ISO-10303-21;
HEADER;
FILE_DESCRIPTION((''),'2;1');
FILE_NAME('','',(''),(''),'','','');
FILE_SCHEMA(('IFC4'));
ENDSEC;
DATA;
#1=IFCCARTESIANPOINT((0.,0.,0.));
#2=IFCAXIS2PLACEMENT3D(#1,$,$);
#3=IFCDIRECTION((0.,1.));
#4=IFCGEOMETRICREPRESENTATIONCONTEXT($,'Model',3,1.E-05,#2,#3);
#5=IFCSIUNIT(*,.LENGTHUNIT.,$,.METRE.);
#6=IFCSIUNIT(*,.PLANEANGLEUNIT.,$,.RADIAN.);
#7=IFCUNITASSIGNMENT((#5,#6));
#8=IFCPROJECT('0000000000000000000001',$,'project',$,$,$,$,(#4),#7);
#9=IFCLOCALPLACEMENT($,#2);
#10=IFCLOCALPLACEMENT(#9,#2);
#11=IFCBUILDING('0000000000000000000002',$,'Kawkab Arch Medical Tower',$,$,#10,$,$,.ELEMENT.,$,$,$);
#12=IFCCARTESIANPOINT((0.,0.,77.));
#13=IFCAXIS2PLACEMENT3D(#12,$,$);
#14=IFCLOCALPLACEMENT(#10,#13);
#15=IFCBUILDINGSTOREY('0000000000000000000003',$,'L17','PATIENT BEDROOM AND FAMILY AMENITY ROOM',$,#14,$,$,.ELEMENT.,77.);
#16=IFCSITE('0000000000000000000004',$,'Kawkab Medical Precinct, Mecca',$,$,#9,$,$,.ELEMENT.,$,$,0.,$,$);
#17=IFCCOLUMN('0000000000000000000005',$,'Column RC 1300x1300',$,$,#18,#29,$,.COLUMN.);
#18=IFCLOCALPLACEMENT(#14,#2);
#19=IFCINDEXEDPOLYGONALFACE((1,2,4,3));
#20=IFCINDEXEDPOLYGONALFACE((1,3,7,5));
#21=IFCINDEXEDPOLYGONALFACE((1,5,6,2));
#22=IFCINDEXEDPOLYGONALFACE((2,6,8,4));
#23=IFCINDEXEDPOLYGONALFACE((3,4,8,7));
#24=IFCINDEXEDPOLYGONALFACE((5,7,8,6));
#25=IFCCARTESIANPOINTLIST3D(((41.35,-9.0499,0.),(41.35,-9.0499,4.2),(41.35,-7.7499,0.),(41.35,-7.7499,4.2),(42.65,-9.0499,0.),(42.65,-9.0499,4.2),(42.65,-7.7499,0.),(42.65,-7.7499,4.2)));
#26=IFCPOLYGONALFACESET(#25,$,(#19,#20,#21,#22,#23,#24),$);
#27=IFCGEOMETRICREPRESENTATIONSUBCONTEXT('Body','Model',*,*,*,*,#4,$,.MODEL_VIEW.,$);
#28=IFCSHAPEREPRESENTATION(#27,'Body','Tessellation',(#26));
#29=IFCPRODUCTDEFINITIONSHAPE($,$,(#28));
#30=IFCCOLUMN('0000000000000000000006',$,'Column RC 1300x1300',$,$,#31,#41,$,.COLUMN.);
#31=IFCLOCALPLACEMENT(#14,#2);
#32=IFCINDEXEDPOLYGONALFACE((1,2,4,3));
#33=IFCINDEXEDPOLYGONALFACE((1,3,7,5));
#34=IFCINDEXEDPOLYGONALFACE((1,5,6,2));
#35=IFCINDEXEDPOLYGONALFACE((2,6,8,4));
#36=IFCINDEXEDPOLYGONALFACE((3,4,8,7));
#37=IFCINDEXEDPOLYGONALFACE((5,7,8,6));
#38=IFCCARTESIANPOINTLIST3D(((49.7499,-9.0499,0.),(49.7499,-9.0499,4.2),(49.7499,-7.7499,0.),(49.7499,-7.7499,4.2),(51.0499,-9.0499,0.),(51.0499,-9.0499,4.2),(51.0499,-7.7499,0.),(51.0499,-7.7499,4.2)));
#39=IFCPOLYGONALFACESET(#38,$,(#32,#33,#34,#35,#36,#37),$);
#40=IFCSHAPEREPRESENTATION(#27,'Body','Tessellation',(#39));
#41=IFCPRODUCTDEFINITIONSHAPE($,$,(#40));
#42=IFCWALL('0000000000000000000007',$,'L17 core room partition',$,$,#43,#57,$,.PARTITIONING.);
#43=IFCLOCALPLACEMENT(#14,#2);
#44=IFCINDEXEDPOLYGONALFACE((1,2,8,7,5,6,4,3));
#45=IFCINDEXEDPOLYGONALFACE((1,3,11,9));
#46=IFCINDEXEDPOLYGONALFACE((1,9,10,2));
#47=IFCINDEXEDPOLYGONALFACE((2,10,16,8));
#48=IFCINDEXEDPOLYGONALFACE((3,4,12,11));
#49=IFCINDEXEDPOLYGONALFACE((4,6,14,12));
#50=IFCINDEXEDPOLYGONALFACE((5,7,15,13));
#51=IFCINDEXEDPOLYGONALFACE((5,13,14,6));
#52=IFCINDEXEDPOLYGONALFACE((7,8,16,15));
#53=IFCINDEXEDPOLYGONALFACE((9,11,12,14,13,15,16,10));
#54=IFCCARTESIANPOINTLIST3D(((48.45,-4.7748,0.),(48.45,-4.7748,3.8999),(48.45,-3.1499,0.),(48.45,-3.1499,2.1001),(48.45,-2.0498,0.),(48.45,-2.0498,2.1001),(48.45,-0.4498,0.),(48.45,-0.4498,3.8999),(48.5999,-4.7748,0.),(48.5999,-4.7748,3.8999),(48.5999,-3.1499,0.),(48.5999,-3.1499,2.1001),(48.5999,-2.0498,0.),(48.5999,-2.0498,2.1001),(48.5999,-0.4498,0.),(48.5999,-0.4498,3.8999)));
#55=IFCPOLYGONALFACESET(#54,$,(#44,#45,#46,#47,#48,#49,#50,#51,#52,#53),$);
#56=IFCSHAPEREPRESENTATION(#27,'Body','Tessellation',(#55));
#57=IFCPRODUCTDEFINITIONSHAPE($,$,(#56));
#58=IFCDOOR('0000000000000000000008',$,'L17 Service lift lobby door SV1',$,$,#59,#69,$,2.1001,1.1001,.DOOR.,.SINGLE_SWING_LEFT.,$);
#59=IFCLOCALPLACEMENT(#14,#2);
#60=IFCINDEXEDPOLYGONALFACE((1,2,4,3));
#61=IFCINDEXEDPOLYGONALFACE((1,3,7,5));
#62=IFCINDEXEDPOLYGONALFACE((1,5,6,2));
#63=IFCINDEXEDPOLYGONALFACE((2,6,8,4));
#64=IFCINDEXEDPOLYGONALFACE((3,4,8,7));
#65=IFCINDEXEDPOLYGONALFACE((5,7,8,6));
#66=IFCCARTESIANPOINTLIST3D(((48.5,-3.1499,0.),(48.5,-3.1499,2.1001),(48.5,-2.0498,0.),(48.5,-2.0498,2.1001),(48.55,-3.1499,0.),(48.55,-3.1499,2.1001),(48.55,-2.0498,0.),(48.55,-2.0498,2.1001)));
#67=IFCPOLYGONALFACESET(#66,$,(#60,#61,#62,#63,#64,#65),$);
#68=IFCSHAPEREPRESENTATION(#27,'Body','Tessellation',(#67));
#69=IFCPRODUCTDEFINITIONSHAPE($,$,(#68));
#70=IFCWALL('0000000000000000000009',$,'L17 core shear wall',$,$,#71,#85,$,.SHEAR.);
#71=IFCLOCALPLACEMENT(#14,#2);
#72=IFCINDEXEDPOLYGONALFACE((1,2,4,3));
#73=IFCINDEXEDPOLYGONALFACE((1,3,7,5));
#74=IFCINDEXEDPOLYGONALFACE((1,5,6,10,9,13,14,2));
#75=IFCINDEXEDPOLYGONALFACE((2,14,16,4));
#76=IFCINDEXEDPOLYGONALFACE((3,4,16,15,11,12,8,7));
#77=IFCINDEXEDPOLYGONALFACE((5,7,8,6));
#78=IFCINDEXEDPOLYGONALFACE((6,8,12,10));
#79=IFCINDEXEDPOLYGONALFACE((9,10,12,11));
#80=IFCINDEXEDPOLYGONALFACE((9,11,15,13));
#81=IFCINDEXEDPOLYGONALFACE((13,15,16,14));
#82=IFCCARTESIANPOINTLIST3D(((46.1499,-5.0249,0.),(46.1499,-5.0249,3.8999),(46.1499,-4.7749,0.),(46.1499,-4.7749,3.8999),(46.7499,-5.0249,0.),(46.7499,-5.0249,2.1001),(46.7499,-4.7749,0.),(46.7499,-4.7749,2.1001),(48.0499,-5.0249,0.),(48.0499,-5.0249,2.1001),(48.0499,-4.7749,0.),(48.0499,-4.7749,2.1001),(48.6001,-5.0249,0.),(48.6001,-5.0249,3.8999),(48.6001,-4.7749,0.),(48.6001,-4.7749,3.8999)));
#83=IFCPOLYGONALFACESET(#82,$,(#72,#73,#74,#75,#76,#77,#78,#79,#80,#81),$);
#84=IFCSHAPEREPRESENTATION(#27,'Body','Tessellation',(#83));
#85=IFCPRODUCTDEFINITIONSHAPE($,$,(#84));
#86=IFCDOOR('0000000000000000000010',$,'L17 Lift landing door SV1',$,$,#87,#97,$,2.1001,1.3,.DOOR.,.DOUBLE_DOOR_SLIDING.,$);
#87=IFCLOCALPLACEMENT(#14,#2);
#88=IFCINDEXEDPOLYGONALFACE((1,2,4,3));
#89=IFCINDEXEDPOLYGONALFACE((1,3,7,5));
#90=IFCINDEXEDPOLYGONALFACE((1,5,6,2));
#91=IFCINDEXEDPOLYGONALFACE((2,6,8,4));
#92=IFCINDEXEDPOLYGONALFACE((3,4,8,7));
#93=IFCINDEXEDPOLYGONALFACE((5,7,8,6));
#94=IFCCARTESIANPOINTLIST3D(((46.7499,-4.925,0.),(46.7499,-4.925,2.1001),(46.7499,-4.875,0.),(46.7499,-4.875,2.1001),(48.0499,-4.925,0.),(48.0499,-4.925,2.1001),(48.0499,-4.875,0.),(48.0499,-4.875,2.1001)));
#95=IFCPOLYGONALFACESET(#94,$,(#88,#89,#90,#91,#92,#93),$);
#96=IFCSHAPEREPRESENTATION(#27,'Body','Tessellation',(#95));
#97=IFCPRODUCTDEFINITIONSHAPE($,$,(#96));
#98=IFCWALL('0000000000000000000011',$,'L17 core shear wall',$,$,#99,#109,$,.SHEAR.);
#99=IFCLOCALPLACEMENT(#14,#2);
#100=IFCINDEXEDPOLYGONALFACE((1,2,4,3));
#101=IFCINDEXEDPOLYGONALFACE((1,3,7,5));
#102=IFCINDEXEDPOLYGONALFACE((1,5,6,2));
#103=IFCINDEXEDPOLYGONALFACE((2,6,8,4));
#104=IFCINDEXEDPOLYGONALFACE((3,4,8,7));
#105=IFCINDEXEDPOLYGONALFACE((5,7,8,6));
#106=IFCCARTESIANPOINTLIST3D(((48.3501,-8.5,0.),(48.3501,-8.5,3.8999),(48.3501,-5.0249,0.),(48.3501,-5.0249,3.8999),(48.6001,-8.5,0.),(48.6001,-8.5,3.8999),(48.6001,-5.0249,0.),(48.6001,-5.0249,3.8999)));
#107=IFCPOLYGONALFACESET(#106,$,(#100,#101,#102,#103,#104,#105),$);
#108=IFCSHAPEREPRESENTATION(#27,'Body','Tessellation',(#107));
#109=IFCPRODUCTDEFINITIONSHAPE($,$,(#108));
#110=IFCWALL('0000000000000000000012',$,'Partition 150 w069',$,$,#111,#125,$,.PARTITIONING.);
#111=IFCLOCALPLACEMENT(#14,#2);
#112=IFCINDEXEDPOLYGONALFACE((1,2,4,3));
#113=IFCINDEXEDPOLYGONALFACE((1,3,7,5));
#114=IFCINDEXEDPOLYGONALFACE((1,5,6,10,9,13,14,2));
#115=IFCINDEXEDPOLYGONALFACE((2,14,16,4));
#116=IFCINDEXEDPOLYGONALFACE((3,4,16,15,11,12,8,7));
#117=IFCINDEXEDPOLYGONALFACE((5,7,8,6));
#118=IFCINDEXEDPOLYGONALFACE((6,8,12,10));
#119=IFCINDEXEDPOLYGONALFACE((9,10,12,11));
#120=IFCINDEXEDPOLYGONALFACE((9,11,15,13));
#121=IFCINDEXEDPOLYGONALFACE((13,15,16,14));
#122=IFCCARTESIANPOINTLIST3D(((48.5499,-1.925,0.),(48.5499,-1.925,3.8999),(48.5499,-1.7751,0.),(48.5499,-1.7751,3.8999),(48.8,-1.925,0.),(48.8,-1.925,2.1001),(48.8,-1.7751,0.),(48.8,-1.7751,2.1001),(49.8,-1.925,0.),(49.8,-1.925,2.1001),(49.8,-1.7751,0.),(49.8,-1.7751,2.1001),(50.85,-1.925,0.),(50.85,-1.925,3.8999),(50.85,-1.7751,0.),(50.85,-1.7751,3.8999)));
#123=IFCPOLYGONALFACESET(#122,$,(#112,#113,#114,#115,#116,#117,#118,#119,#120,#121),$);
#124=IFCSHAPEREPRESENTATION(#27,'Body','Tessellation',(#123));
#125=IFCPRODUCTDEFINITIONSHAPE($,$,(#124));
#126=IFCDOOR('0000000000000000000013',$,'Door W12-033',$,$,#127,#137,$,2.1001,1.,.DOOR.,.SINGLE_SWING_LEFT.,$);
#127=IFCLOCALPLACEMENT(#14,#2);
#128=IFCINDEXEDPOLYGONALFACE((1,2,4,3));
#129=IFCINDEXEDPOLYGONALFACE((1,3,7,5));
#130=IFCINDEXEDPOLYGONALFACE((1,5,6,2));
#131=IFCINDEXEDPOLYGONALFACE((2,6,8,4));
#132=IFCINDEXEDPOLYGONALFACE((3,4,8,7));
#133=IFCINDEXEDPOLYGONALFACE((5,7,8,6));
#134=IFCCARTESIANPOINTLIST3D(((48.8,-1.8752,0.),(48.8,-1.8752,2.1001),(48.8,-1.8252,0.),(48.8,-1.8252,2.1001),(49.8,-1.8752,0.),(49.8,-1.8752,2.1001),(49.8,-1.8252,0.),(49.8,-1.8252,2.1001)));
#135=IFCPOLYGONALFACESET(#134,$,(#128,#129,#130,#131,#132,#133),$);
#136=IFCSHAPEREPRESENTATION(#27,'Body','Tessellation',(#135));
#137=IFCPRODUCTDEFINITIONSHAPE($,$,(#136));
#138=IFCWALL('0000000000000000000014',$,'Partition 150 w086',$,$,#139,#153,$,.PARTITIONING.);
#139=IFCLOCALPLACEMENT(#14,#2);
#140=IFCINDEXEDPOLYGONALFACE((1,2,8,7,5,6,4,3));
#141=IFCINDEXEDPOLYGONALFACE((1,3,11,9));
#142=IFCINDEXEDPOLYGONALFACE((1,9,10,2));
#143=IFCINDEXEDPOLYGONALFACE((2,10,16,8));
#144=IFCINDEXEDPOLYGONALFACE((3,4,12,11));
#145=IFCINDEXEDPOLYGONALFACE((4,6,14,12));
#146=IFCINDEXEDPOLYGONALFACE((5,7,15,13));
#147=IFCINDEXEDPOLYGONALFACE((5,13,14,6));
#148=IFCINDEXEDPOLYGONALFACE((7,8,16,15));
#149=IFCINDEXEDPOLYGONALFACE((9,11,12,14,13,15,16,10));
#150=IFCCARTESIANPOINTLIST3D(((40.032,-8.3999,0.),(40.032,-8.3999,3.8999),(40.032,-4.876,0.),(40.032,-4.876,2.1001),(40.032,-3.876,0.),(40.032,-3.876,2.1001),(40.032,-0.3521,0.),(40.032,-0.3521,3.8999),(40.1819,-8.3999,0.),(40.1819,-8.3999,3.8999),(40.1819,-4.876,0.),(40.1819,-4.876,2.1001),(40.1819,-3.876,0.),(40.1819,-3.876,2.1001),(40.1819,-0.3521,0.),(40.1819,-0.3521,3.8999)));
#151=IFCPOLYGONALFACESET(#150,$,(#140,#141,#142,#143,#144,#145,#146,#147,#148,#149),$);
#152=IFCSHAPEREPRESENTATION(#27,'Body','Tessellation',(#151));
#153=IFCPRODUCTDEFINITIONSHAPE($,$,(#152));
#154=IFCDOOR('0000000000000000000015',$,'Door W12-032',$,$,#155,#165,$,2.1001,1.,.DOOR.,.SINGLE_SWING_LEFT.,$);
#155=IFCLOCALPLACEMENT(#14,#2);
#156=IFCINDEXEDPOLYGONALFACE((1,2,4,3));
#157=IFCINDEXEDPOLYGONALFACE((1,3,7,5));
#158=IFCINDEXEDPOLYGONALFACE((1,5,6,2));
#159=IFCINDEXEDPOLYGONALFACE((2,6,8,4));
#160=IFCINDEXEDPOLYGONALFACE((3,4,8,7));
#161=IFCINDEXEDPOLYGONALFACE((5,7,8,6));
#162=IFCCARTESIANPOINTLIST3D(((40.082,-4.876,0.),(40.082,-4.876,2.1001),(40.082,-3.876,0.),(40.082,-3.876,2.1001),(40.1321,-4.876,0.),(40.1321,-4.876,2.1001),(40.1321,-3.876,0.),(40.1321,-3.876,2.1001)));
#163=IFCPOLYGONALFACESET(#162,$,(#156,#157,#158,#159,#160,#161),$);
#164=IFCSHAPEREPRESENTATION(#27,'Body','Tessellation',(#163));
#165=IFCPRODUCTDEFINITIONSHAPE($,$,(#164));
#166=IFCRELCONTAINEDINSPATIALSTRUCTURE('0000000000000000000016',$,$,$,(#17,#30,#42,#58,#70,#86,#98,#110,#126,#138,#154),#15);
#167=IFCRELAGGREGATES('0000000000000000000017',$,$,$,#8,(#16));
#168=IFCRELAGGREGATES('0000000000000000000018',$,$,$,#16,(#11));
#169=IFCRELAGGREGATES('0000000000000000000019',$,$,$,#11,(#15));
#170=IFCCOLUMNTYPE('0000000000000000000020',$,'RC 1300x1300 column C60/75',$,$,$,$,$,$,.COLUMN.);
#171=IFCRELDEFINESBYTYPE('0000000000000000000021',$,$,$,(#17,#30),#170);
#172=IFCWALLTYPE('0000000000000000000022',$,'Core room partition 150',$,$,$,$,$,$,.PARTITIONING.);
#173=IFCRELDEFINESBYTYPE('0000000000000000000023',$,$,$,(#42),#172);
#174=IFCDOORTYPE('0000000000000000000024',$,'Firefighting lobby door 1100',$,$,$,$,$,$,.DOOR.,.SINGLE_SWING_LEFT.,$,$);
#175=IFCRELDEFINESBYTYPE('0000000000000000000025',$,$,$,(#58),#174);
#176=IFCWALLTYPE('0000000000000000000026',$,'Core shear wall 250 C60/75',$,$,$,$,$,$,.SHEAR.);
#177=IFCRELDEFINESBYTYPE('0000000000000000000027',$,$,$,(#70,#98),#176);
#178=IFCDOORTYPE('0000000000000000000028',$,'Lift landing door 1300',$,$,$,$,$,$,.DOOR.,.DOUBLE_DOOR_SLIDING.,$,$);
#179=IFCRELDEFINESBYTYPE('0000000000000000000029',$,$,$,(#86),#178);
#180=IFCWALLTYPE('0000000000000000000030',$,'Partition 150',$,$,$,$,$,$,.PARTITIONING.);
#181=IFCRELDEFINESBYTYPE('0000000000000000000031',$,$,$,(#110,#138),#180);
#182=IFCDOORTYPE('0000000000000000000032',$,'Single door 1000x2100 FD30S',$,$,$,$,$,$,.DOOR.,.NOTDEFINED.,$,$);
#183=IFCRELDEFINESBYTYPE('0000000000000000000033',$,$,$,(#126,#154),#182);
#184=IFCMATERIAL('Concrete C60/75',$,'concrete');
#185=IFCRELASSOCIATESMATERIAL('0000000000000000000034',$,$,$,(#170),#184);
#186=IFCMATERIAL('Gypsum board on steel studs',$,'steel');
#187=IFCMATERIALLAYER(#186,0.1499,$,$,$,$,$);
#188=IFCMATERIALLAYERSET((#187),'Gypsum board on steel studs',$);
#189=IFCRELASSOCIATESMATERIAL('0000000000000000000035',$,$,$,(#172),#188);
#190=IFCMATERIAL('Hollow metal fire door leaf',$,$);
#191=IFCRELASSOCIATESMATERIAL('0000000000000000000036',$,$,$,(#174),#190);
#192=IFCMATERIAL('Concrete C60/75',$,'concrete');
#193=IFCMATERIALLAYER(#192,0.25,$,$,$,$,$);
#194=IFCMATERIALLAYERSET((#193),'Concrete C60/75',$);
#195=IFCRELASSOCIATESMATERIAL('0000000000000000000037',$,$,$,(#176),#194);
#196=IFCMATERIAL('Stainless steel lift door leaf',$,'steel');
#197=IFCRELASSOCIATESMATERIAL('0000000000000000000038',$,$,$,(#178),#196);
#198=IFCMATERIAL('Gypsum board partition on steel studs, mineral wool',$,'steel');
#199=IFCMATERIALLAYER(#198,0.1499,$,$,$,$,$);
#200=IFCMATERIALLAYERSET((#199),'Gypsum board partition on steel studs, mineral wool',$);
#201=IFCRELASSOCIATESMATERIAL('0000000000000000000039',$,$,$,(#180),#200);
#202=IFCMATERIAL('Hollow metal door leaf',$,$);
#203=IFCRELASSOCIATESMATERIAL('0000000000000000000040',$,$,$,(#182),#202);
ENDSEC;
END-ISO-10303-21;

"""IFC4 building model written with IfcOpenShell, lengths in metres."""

from ifc_helpers import new_model, si_unit, direction, frame, frame_2d, origin, origin_2d, place, context, subcontext, project, spatial, rectangle, extrude, material, layer, layer_set, material_profile, profile_set, type_object, element, fill, save


model = new_model("IFC4")

# Units and contexts
model_context = context("Model", 3, precision=1e-05, world=origin(), true_north=direction((0.0, 1.0)))
body_context = subcontext(model_context, "Body", "Model", "MODEL_VIEW")
ifc_project = project(units=[si_unit("LENGTHUNIT", "METRE"), si_unit("PLANEANGLEUNIT", "RADIAN")], contexts=[model_context])

# Site, building, storey
site_placement = place(None, origin())
site = spatial("IfcSite", under=ifc_project, at=site_placement, Name="Kawkab Medical Precinct, Mecca", CompositionType="ELEMENT", RefElevation=0.0)
building_placement = place(site_placement, origin())
building = spatial("IfcBuilding", under=site, at=building_placement, Name="Kawkab Arch Medical Tower", CompositionType="ELEMENT")
storey_placement = place(building_placement, frame((0.0, 0.0, 77.0)))
storey = spatial("IfcBuildingStorey", under=building, at=storey_placement, Name="L17", Description="PATIENT BEDROOM AND FAMILY AMENITY ROOM", CompositionType="ELEMENT", Elevation=77.0)

# Columns
ifc_material_1 = material(Name="Concrete C60/75", Category="concrete")
ifc_material_profile = material_profile(ifc_material_1, rectangle(XDim=1.3, YDim=1.3, at=origin_2d()), Name="RC 1300x1300")
ifc_profile_set = profile_set([ifc_material_profile], Name="Concrete C60/75")
column_type = type_object("IfcColumnType", Name="RC 1300x1300 column C60/75", PredefinedType="COLUMN", material=ifc_profile_set)
for number, where, z_axis, x_axis, name in (
    (1, (42.0, -8.3999, 0.0), (0.0, 0.0, 1.0), (1.0, 0.0, 0.0), "Column RC 1300x1300"),
    (2, (50.3999, -8.3999, 0.0), (0.0, 0.0, 1.0), (1.0, 0.0, 0.0), "Column RC 1300x1300"),
):
    element("IfcColumn", number, at=place(storey_placement, frame(where, z_axis=z_axis, x_axis=x_axis)), inside=storey, type_object=column_type, Name=name, PredefinedType="COLUMN", context=body_context, shape_type="SweptSolid", body=[
        extrude(rectangle(XDim=1.3, YDim=1.3, at=origin_2d()), origin(), (0.0, 0.0, 1.0), 4.2),
    ])

# Walls, openings, doors
ifc_material_2 = material(Name="Gypsum board on steel studs", Category="steel")
ifc_layer_1 = layer(ifc_material_2, 0.1499)
ifc_layer_set_1 = layer_set([ifc_layer_1], Name="Gypsum board on steel studs")
wall_type_1 = type_object("IfcWallType", Name="Core room partition 150", PredefinedType="PARTITIONING", material=ifc_layer_set_1)
wall_1_placement = place(storey_placement, frame((48.5249, -4.7749, 0.0), z_axis=(0.0, 0.0, 1.0), x_axis=(0.0, 1.0, 0.0)))
wall_1 = element("IfcWall", 3, at=wall_1_placement, inside=storey, type_object=wall_type_1, Name="L17 core room partition", PredefinedType="PARTITIONING", context=body_context, shape_type="SweptSolid", body=[
    extrude(rectangle(XDim=4.325, YDim=0.1499, at=frame_2d((2.1626, 0.0))), origin(), (0.0, 0.0, 1.0), 3.8999),
])
opening_1_placement = place(wall_1_placement, frame((1.625, 0.0, 0.0)))
opening_1 = element("IfcOpeningElement", 4, at=opening_1_placement, cuts=wall_1, PredefinedType="OPENING", context=body_context, shape_type="SweptSolid", body=[
    extrude(rectangle(XDim=1.1001, YDim=2.1001, at=frame_2d((0.55, 1.05))), frame((0.0, 0.085, 0.0), z_axis=(0.0, -1.0, 0.0), x_axis=(1.0, 0.0, 0.0)), (0.0, 0.0, 1.0), 0.1699),
])
ifc_material_3 = material(Name="Hollow metal fire door leaf")
door_type_1 = type_object("IfcDoorType", Name="Firefighting lobby door 1100", OperationType="SINGLE_SWING_LEFT", PredefinedType="DOOR", material=ifc_material_3)
door_1_placement = place(opening_1_placement, origin())
door_1 = element("IfcDoor", 5, at=door_1_placement, inside=storey, type_object=door_type_1, Name="L17 Service lift lobby door SV1", OperationType="SINGLE_SWING_LEFT", OverallHeight=2.1001, OverallWidth=1.1001, PredefinedType="DOOR", context=body_context, shape_type="SweptSolid", body=[
    extrude(rectangle(XDim=1.1001, YDim=2.1001, at=frame_2d((0.55, 1.05))), frame((0.0, 0.0249, 0.0), z_axis=(0.0, -1.0, 0.0), x_axis=(1.0, 0.0, 0.0)), (0.0, 0.0, 1.0), 0.05),
])
fill(opening_1, door_1)
ifc_material_4 = material(Name="Concrete C60/75", Category="concrete")
ifc_layer_2 = layer(ifc_material_4, 0.25)
ifc_layer_set_2 = layer_set([ifc_layer_2], Name="Concrete C60/75")
wall_type_2 = type_object("IfcWallType", Name="Core shear wall 250 C60/75", PredefinedType="SHEAR", material=ifc_layer_set_2)
wall_2_placement = place(storey_placement, frame((46.1499, -4.8999, 0.0), z_axis=(0.0, 0.0, 1.0), x_axis=(1.0, 0.0, 0.0)))
wall_2 = element("IfcWall", 6, at=wall_2_placement, inside=storey, type_object=wall_type_2, Name="L17 core shear wall", PredefinedType="SHEAR", context=body_context, shape_type="SweptSolid", body=[
    extrude(rectangle(XDim=2.4502, YDim=0.25, at=frame_2d((1.2251, 0.0))), origin(), (0.0, 0.0, 1.0), 3.8999),
])
opening_2_placement = place(wall_2_placement, frame((0.6001, 0.0, 0.0)))
opening_2 = element("IfcOpeningElement", 7, at=opening_2_placement, cuts=wall_2, PredefinedType="OPENING", context=body_context, shape_type="SweptSolid", body=[
    extrude(rectangle(XDim=1.3, YDim=2.1001, at=frame_2d((0.6499, 1.05))), frame((0.0, 0.135, 0.0), z_axis=(0.0, -1.0, 0.0), x_axis=(1.0, 0.0, 0.0)), (0.0, 0.0, 1.0), 0.27),
])
ifc_material_5 = material(Name="Stainless steel lift door leaf", Category="steel")
door_type_2 = type_object("IfcDoorType", Name="Lift landing door 1300", OperationType="DOUBLE_DOOR_SLIDING", PredefinedType="DOOR", material=ifc_material_5)
door_2_placement = place(opening_2_placement, origin())
door_2 = element("IfcDoor", 8, at=door_2_placement, inside=storey, type_object=door_type_2, Name="L17 Lift landing door SV1", OperationType="DOUBLE_DOOR_SLIDING", OverallHeight=2.1001, OverallWidth=1.3, PredefinedType="DOOR", context=body_context, shape_type="SweptSolid", body=[
    extrude(rectangle(XDim=1.3, YDim=2.1001, at=frame_2d((0.6499, 1.05))), frame((0.0, 0.0249, 0.0), z_axis=(0.0, -1.0, 0.0), x_axis=(1.0, 0.0, 0.0)), (0.0, 0.0, 1.0), 0.05),
])
fill(opening_2, door_2)

# Wall
wall_3_placement = place(storey_placement, frame((48.4751, -8.5, 0.0), z_axis=(0.0, 0.0, 1.0), x_axis=(0.0, 1.0, 0.0)))
element("IfcWall", 9, at=wall_3_placement, inside=storey, type_object=wall_type_2, Name="L17 core shear wall", PredefinedType="SHEAR", context=body_context, shape_type="SweptSolid", body=[
    extrude(rectangle(XDim=3.4751, YDim=0.25, at=frame_2d((1.7375, 0.0))), origin(), (0.0, 0.0, 1.0), 3.8999),
])

# Walls, openings, doors
ifc_material_6 = material(Name="Gypsum board partition on steel studs, mineral wool", Category="steel")
ifc_layer_3 = layer(ifc_material_6, 0.1499)
ifc_layer_set_3 = layer_set([ifc_layer_3], Name="Gypsum board partition on steel studs, mineral wool")
wall_type_3 = type_object("IfcWallType", Name="Partition 150", PredefinedType="PARTITIONING", material=ifc_layer_set_3)
wall_4_placement = place(storey_placement, frame((48.55, -1.8501, 0.0), z_axis=(0.0, 0.0, 1.0), x_axis=(1.0, 0.0, 0.0)))
wall_4 = element("IfcWall", 10, at=wall_4_placement, inside=storey, type_object=wall_type_3, Name="Partition 150 w069", PredefinedType="PARTITIONING", context=body_context, shape_type="SweptSolid", body=[
    extrude(rectangle(XDim=2.3, YDim=0.1499, at=frame_2d((1.1499, 0.0))), origin(), (0.0, 0.0, 1.0), 3.8999),
])
opening_3_placement = place(wall_4_placement, frame((0.25, 0.0, 0.0)))
opening_3 = element("IfcOpeningElement", 11, at=opening_3_placement, cuts=wall_4, PredefinedType="OPENING", context=body_context, shape_type="SweptSolid", body=[
    extrude(rectangle(XDim=1.0, YDim=2.1001, at=frame_2d((0.5, 1.05))), frame((0.0, 0.085, 0.0), z_axis=(0.0, -1.0, 0.0), x_axis=(1.0, 0.0, 0.0)), (0.0, 0.0, 1.0), 0.1699),
])
ifc_material_7 = material(Name="Hollow metal door leaf")
door_type_3 = type_object("IfcDoorType", Name="Single door 1000x2100 FD30S", OperationType="NOTDEFINED", PredefinedType="DOOR", material=ifc_material_7)
door_3_placement = place(opening_3_placement, origin())
door_3 = element("IfcDoor", 12, at=door_3_placement, inside=storey, type_object=door_type_3, Name="Door W12-033", OperationType="SINGLE_SWING_LEFT", OverallHeight=2.1001, OverallWidth=1.0, PredefinedType="DOOR", context=body_context, shape_type="SweptSolid", body=[
    extrude(rectangle(XDim=1.0, YDim=2.1001, at=frame_2d((0.5, 1.05))), frame((0.0, 0.0249, 0.0), z_axis=(0.0, -1.0, 0.0), x_axis=(1.0, 0.0, 0.0)), (0.0, 0.0, 1.0), 0.05),
])
fill(opening_3, door_3)
wall_5_placement = place(storey_placement, frame((40.1069, -8.3999, 0.0), z_axis=(0.0, 0.0, 1.0), x_axis=(0.0, 1.0, 0.0)))
wall_5 = element("IfcWall", 13, at=wall_5_placement, inside=storey, type_object=wall_type_3, Name="Partition 150 w086", PredefinedType="PARTITIONING", context=body_context, shape_type="SweptSolid", body=[
    extrude(rectangle(XDim=8.0479, YDim=0.1499, at=frame_2d((4.0239, 0.0))), origin(), (0.0, 0.0, 1.0), 3.8999),
])
opening_4_placement = place(wall_5_placement, frame((3.5239, 0.0, 0.0)))
opening_4 = element("IfcOpeningElement", 14, at=opening_4_placement, cuts=wall_5, PredefinedType="OPENING", context=body_context, shape_type="SweptSolid", body=[
    extrude(rectangle(XDim=1.0, YDim=2.1001, at=frame_2d((0.5, 1.05))), frame((0.0, 0.085, 0.0), z_axis=(0.0, -1.0, 0.0), x_axis=(1.0, 0.0, 0.0)), (0.0, 0.0, 1.0), 0.1699),
])
door_4_placement = place(opening_4_placement, origin())
door_4 = element("IfcDoor", 15, at=door_4_placement, inside=storey, type_object=door_type_3, Name="Door W12-032", OperationType="SINGLE_SWING_LEFT", OverallHeight=2.1001, OverallWidth=1.0, PredefinedType="DOOR", context=body_context, shape_type="SweptSolid", body=[
    extrude(rectangle(XDim=1.0, YDim=2.1001, at=frame_2d((0.5, 1.05))), frame((0.0, 0.0249, 0.0), z_axis=(0.0, -1.0, 0.0), x_axis=(1.0, 0.0, 0.0)), (0.0, 0.0, 1.0), 0.05),
])
fill(opening_4, door_4)

save(model, "model.ifc")
